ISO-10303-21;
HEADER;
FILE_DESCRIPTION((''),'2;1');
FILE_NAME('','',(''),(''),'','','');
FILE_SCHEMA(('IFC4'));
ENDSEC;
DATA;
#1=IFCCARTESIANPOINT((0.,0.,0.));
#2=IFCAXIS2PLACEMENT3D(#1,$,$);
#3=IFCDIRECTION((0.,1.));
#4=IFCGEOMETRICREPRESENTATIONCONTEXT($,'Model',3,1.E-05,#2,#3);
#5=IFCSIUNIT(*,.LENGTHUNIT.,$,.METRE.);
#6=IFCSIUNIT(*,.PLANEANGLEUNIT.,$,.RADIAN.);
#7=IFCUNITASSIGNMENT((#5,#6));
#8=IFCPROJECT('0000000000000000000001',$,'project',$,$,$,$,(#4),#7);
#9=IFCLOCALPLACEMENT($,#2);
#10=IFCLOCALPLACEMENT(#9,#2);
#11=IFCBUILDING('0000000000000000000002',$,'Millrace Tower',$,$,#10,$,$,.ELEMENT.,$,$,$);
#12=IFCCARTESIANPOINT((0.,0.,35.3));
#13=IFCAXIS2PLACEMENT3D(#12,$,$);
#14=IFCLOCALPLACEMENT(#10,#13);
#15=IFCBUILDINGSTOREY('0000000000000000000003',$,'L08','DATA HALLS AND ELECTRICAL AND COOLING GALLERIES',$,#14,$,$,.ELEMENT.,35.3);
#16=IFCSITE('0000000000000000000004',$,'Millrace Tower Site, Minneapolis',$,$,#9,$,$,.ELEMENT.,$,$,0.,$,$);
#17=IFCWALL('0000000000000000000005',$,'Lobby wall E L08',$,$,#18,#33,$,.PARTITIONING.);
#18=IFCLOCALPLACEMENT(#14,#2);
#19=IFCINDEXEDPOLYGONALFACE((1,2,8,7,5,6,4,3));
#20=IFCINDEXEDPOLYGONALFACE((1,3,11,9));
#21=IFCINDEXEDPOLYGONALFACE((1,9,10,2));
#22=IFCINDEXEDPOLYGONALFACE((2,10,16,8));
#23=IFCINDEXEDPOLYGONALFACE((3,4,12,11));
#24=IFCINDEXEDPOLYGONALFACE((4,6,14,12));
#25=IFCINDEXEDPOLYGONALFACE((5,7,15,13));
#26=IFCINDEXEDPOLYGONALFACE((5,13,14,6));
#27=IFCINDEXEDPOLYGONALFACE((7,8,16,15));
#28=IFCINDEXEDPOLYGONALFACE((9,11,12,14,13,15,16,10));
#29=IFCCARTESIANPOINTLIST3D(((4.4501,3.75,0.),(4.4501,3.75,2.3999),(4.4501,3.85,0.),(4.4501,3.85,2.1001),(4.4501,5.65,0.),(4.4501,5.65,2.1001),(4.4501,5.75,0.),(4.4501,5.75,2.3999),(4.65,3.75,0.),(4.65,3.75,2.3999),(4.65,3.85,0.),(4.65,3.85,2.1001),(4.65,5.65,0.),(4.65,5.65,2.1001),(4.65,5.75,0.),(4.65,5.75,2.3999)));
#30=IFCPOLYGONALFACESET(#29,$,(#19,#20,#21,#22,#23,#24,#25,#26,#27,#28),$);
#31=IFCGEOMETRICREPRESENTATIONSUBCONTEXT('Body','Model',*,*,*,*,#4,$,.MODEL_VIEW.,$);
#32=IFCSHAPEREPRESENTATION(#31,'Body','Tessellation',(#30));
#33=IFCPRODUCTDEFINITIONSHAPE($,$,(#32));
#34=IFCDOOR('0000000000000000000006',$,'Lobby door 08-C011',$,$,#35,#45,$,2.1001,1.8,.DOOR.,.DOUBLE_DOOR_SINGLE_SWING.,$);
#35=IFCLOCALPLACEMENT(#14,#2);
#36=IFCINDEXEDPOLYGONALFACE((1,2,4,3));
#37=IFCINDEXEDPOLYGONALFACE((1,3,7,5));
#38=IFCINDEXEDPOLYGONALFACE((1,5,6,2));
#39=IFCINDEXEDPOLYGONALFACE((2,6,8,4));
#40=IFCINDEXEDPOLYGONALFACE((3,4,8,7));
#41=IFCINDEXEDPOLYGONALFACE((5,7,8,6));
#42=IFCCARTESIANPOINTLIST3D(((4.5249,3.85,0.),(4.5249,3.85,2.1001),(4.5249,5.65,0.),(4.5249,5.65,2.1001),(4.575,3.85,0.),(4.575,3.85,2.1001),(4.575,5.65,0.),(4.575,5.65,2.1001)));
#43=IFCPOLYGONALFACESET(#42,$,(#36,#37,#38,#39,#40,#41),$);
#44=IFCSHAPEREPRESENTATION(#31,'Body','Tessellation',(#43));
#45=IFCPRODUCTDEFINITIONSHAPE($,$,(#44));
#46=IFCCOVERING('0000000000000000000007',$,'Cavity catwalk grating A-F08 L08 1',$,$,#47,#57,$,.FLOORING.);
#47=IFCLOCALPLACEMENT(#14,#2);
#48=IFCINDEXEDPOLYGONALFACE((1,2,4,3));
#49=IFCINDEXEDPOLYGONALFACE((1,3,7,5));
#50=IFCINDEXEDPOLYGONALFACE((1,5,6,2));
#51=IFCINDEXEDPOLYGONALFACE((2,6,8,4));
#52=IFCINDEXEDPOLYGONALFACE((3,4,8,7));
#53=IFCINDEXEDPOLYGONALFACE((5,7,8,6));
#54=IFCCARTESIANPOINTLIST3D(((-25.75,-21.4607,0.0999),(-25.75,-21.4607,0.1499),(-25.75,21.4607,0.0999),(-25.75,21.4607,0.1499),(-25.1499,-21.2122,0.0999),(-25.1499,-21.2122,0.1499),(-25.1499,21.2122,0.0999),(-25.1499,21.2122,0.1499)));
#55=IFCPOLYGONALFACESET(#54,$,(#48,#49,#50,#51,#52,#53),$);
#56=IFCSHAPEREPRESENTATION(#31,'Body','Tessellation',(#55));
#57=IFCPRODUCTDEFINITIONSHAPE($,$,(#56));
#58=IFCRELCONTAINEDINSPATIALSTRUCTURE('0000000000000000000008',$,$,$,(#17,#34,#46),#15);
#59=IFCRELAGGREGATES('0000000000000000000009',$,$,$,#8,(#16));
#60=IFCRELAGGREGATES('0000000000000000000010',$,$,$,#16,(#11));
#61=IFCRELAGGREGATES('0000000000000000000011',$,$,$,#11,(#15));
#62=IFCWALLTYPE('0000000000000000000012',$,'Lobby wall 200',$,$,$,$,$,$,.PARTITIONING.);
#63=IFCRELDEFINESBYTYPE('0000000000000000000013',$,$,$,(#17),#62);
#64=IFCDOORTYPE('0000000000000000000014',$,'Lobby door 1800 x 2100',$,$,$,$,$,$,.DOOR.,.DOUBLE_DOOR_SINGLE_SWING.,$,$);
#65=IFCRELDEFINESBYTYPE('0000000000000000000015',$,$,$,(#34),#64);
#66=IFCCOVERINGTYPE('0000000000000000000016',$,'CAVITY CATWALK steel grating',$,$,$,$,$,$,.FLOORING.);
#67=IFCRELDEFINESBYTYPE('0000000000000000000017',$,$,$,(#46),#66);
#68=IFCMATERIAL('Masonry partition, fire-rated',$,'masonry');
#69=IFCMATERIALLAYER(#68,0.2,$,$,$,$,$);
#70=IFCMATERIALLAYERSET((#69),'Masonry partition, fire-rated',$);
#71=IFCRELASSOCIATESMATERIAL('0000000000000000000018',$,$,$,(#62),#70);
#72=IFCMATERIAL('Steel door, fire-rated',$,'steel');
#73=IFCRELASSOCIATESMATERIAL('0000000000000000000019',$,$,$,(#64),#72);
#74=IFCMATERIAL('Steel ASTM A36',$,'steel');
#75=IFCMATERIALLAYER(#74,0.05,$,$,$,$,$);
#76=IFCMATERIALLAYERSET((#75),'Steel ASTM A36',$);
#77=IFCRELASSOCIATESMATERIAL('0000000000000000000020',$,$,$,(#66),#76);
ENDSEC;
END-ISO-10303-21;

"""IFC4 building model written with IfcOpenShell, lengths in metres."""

from ifc_helpers import new_model, si_unit, direction, frame, frame_2d, origin, place, context, subcontext, project, spatial, polyline, rectangle, outline, extrude, material, layer, layer_set, type_object, element, fill, save


model = new_model("IFC4")

# Units and contexts
model_context = context("Model", 3, precision=1e-05, world=origin(), true_north=direction((0.0, 1.0)))
body_context = subcontext(model_context, "Body", "Model", "MODEL_VIEW")
ifc_project = project(units=[si_unit("LENGTHUNIT", "METRE"), si_unit("PLANEANGLEUNIT", "RADIAN")], contexts=[model_context])

# Site, building, storey
site_placement = place(None, origin())
site = spatial("IfcSite", under=ifc_project, at=site_placement, Name="Millrace Tower Site, Minneapolis", CompositionType="ELEMENT", RefElevation=0.0)
building_placement = place(site_placement, origin())
building = spatial("IfcBuilding", under=site, at=building_placement, Name="Millrace Tower", CompositionType="ELEMENT")
storey_placement = place(building_placement, frame((0.0, 0.0, 35.3)))
storey = spatial("IfcBuildingStorey", under=building, at=storey_placement, Name="L08", Description="DATA HALLS AND ELECTRICAL AND COOLING GALLERIES", CompositionType="ELEMENT", Elevation=35.3)

# Wall, opening, door
ifc_material_1 = material(Name="Masonry partition, fire-rated", Category="masonry")
ifc_layer_1 = layer(ifc_material_1, 0.2)
ifc_layer_set_1 = layer_set([ifc_layer_1], Name="Masonry partition, fire-rated")
wall_type_1 = type_object("IfcWallType", Name="Lobby wall 200", PredefinedType="PARTITIONING", material=ifc_layer_set_1)
wall_1_placement = place(storey_placement, frame((4.55, 5.75, 0.0), z_axis=(0.0, 0.0, 1.0), x_axis=(0.0, -1.0, 0.0)))
wall_1 = element("IfcWall", 1, at=wall_1_placement, inside=storey, type_object=wall_type_1, Name="Lobby wall E L08", PredefinedType="PARTITIONING", context=body_context, shape_type="SweptSolid", body=[
    extrude(rectangle(XDim=2.0, YDim=0.2, at=frame_2d((1.0, 0.0))), origin(), (0.0, 0.0, 1.0), 2.3999),
])
opening_1_placement = place(wall_1_placement, frame((0.1001, 0.0, 0.0)))
opening_1 = element("IfcOpeningElement", 2, at=opening_1_placement, cuts=wall_1, PredefinedType="OPENING", context=body_context, shape_type="SweptSolid", body=[
    extrude(rectangle(XDim=1.8, YDim=2.1001, at=frame_2d((0.8999, 1.05))), frame((0.0, 0.1099, 0.0), z_axis=(0.0, -1.0, 0.0), x_axis=(1.0, 0.0, 0.0)), (0.0, 0.0, 1.0), 0.22),
])
ifc_material_2 = material(Name="Steel door, fire-rated", Category="steel")
door_type_1 = type_object("IfcDoorType", Name="Lobby door 1800 x 2100", OperationType="DOUBLE_DOOR_SINGLE_SWING", PredefinedType="DOOR", material=ifc_material_2)
door_1_placement = place(opening_1_placement, origin())
door_1 = element("IfcDoor", 3, at=door_1_placement, inside=storey, type_object=door_type_1, Name="Lobby door 08-C011", OperationType="DOUBLE_DOOR_SINGLE_SWING", OverallHeight=2.1001, OverallWidth=1.8, PredefinedType="DOOR", context=body_context, shape_type="SweptSolid", body=[
    extrude(rectangle(XDim=1.8, YDim=2.1001, at=frame_2d((0.8999, 1.05))), frame((0.0, 0.0249, 0.0), z_axis=(0.0, -1.0, 0.0), x_axis=(1.0, 0.0, 0.0)), (0.0, 0.0, 1.0), 0.05),
])
fill(opening_1, door_1)

# Covering
ifc_material_3 = material(Name="Steel ASTM A36", Category="steel")
ifc_layer_2 = layer(ifc_material_3, 0.05)
ifc_layer_set_2 = layer_set([ifc_layer_2], Name="Steel ASTM A36")
covering_type = type_object("IfcCoveringType", Name="CAVITY CATWALK steel grating", PredefinedType="FLOORING", material=ifc_layer_set_2)
covering_placement = place(storey_placement, frame((0.0, 0.0, 0.0999)))
element("IfcCovering", 4, at=covering_placement, inside=storey, type_object=covering_type, Name="Cavity catwalk grating A-F08 L08 1", PredefinedType="FLOORING", context=body_context, shape_type="SweptSolid", body=[
    extrude(outline(polyline([(-25.75, 21.4607), (-25.75, -21.4607), (-25.1499, -21.2122), (-25.1499, 21.2122), (-25.75, 21.4607)])), origin(), (0.0, 0.0, 1.0), 0.05),
])

save(model, "model.ifc")
